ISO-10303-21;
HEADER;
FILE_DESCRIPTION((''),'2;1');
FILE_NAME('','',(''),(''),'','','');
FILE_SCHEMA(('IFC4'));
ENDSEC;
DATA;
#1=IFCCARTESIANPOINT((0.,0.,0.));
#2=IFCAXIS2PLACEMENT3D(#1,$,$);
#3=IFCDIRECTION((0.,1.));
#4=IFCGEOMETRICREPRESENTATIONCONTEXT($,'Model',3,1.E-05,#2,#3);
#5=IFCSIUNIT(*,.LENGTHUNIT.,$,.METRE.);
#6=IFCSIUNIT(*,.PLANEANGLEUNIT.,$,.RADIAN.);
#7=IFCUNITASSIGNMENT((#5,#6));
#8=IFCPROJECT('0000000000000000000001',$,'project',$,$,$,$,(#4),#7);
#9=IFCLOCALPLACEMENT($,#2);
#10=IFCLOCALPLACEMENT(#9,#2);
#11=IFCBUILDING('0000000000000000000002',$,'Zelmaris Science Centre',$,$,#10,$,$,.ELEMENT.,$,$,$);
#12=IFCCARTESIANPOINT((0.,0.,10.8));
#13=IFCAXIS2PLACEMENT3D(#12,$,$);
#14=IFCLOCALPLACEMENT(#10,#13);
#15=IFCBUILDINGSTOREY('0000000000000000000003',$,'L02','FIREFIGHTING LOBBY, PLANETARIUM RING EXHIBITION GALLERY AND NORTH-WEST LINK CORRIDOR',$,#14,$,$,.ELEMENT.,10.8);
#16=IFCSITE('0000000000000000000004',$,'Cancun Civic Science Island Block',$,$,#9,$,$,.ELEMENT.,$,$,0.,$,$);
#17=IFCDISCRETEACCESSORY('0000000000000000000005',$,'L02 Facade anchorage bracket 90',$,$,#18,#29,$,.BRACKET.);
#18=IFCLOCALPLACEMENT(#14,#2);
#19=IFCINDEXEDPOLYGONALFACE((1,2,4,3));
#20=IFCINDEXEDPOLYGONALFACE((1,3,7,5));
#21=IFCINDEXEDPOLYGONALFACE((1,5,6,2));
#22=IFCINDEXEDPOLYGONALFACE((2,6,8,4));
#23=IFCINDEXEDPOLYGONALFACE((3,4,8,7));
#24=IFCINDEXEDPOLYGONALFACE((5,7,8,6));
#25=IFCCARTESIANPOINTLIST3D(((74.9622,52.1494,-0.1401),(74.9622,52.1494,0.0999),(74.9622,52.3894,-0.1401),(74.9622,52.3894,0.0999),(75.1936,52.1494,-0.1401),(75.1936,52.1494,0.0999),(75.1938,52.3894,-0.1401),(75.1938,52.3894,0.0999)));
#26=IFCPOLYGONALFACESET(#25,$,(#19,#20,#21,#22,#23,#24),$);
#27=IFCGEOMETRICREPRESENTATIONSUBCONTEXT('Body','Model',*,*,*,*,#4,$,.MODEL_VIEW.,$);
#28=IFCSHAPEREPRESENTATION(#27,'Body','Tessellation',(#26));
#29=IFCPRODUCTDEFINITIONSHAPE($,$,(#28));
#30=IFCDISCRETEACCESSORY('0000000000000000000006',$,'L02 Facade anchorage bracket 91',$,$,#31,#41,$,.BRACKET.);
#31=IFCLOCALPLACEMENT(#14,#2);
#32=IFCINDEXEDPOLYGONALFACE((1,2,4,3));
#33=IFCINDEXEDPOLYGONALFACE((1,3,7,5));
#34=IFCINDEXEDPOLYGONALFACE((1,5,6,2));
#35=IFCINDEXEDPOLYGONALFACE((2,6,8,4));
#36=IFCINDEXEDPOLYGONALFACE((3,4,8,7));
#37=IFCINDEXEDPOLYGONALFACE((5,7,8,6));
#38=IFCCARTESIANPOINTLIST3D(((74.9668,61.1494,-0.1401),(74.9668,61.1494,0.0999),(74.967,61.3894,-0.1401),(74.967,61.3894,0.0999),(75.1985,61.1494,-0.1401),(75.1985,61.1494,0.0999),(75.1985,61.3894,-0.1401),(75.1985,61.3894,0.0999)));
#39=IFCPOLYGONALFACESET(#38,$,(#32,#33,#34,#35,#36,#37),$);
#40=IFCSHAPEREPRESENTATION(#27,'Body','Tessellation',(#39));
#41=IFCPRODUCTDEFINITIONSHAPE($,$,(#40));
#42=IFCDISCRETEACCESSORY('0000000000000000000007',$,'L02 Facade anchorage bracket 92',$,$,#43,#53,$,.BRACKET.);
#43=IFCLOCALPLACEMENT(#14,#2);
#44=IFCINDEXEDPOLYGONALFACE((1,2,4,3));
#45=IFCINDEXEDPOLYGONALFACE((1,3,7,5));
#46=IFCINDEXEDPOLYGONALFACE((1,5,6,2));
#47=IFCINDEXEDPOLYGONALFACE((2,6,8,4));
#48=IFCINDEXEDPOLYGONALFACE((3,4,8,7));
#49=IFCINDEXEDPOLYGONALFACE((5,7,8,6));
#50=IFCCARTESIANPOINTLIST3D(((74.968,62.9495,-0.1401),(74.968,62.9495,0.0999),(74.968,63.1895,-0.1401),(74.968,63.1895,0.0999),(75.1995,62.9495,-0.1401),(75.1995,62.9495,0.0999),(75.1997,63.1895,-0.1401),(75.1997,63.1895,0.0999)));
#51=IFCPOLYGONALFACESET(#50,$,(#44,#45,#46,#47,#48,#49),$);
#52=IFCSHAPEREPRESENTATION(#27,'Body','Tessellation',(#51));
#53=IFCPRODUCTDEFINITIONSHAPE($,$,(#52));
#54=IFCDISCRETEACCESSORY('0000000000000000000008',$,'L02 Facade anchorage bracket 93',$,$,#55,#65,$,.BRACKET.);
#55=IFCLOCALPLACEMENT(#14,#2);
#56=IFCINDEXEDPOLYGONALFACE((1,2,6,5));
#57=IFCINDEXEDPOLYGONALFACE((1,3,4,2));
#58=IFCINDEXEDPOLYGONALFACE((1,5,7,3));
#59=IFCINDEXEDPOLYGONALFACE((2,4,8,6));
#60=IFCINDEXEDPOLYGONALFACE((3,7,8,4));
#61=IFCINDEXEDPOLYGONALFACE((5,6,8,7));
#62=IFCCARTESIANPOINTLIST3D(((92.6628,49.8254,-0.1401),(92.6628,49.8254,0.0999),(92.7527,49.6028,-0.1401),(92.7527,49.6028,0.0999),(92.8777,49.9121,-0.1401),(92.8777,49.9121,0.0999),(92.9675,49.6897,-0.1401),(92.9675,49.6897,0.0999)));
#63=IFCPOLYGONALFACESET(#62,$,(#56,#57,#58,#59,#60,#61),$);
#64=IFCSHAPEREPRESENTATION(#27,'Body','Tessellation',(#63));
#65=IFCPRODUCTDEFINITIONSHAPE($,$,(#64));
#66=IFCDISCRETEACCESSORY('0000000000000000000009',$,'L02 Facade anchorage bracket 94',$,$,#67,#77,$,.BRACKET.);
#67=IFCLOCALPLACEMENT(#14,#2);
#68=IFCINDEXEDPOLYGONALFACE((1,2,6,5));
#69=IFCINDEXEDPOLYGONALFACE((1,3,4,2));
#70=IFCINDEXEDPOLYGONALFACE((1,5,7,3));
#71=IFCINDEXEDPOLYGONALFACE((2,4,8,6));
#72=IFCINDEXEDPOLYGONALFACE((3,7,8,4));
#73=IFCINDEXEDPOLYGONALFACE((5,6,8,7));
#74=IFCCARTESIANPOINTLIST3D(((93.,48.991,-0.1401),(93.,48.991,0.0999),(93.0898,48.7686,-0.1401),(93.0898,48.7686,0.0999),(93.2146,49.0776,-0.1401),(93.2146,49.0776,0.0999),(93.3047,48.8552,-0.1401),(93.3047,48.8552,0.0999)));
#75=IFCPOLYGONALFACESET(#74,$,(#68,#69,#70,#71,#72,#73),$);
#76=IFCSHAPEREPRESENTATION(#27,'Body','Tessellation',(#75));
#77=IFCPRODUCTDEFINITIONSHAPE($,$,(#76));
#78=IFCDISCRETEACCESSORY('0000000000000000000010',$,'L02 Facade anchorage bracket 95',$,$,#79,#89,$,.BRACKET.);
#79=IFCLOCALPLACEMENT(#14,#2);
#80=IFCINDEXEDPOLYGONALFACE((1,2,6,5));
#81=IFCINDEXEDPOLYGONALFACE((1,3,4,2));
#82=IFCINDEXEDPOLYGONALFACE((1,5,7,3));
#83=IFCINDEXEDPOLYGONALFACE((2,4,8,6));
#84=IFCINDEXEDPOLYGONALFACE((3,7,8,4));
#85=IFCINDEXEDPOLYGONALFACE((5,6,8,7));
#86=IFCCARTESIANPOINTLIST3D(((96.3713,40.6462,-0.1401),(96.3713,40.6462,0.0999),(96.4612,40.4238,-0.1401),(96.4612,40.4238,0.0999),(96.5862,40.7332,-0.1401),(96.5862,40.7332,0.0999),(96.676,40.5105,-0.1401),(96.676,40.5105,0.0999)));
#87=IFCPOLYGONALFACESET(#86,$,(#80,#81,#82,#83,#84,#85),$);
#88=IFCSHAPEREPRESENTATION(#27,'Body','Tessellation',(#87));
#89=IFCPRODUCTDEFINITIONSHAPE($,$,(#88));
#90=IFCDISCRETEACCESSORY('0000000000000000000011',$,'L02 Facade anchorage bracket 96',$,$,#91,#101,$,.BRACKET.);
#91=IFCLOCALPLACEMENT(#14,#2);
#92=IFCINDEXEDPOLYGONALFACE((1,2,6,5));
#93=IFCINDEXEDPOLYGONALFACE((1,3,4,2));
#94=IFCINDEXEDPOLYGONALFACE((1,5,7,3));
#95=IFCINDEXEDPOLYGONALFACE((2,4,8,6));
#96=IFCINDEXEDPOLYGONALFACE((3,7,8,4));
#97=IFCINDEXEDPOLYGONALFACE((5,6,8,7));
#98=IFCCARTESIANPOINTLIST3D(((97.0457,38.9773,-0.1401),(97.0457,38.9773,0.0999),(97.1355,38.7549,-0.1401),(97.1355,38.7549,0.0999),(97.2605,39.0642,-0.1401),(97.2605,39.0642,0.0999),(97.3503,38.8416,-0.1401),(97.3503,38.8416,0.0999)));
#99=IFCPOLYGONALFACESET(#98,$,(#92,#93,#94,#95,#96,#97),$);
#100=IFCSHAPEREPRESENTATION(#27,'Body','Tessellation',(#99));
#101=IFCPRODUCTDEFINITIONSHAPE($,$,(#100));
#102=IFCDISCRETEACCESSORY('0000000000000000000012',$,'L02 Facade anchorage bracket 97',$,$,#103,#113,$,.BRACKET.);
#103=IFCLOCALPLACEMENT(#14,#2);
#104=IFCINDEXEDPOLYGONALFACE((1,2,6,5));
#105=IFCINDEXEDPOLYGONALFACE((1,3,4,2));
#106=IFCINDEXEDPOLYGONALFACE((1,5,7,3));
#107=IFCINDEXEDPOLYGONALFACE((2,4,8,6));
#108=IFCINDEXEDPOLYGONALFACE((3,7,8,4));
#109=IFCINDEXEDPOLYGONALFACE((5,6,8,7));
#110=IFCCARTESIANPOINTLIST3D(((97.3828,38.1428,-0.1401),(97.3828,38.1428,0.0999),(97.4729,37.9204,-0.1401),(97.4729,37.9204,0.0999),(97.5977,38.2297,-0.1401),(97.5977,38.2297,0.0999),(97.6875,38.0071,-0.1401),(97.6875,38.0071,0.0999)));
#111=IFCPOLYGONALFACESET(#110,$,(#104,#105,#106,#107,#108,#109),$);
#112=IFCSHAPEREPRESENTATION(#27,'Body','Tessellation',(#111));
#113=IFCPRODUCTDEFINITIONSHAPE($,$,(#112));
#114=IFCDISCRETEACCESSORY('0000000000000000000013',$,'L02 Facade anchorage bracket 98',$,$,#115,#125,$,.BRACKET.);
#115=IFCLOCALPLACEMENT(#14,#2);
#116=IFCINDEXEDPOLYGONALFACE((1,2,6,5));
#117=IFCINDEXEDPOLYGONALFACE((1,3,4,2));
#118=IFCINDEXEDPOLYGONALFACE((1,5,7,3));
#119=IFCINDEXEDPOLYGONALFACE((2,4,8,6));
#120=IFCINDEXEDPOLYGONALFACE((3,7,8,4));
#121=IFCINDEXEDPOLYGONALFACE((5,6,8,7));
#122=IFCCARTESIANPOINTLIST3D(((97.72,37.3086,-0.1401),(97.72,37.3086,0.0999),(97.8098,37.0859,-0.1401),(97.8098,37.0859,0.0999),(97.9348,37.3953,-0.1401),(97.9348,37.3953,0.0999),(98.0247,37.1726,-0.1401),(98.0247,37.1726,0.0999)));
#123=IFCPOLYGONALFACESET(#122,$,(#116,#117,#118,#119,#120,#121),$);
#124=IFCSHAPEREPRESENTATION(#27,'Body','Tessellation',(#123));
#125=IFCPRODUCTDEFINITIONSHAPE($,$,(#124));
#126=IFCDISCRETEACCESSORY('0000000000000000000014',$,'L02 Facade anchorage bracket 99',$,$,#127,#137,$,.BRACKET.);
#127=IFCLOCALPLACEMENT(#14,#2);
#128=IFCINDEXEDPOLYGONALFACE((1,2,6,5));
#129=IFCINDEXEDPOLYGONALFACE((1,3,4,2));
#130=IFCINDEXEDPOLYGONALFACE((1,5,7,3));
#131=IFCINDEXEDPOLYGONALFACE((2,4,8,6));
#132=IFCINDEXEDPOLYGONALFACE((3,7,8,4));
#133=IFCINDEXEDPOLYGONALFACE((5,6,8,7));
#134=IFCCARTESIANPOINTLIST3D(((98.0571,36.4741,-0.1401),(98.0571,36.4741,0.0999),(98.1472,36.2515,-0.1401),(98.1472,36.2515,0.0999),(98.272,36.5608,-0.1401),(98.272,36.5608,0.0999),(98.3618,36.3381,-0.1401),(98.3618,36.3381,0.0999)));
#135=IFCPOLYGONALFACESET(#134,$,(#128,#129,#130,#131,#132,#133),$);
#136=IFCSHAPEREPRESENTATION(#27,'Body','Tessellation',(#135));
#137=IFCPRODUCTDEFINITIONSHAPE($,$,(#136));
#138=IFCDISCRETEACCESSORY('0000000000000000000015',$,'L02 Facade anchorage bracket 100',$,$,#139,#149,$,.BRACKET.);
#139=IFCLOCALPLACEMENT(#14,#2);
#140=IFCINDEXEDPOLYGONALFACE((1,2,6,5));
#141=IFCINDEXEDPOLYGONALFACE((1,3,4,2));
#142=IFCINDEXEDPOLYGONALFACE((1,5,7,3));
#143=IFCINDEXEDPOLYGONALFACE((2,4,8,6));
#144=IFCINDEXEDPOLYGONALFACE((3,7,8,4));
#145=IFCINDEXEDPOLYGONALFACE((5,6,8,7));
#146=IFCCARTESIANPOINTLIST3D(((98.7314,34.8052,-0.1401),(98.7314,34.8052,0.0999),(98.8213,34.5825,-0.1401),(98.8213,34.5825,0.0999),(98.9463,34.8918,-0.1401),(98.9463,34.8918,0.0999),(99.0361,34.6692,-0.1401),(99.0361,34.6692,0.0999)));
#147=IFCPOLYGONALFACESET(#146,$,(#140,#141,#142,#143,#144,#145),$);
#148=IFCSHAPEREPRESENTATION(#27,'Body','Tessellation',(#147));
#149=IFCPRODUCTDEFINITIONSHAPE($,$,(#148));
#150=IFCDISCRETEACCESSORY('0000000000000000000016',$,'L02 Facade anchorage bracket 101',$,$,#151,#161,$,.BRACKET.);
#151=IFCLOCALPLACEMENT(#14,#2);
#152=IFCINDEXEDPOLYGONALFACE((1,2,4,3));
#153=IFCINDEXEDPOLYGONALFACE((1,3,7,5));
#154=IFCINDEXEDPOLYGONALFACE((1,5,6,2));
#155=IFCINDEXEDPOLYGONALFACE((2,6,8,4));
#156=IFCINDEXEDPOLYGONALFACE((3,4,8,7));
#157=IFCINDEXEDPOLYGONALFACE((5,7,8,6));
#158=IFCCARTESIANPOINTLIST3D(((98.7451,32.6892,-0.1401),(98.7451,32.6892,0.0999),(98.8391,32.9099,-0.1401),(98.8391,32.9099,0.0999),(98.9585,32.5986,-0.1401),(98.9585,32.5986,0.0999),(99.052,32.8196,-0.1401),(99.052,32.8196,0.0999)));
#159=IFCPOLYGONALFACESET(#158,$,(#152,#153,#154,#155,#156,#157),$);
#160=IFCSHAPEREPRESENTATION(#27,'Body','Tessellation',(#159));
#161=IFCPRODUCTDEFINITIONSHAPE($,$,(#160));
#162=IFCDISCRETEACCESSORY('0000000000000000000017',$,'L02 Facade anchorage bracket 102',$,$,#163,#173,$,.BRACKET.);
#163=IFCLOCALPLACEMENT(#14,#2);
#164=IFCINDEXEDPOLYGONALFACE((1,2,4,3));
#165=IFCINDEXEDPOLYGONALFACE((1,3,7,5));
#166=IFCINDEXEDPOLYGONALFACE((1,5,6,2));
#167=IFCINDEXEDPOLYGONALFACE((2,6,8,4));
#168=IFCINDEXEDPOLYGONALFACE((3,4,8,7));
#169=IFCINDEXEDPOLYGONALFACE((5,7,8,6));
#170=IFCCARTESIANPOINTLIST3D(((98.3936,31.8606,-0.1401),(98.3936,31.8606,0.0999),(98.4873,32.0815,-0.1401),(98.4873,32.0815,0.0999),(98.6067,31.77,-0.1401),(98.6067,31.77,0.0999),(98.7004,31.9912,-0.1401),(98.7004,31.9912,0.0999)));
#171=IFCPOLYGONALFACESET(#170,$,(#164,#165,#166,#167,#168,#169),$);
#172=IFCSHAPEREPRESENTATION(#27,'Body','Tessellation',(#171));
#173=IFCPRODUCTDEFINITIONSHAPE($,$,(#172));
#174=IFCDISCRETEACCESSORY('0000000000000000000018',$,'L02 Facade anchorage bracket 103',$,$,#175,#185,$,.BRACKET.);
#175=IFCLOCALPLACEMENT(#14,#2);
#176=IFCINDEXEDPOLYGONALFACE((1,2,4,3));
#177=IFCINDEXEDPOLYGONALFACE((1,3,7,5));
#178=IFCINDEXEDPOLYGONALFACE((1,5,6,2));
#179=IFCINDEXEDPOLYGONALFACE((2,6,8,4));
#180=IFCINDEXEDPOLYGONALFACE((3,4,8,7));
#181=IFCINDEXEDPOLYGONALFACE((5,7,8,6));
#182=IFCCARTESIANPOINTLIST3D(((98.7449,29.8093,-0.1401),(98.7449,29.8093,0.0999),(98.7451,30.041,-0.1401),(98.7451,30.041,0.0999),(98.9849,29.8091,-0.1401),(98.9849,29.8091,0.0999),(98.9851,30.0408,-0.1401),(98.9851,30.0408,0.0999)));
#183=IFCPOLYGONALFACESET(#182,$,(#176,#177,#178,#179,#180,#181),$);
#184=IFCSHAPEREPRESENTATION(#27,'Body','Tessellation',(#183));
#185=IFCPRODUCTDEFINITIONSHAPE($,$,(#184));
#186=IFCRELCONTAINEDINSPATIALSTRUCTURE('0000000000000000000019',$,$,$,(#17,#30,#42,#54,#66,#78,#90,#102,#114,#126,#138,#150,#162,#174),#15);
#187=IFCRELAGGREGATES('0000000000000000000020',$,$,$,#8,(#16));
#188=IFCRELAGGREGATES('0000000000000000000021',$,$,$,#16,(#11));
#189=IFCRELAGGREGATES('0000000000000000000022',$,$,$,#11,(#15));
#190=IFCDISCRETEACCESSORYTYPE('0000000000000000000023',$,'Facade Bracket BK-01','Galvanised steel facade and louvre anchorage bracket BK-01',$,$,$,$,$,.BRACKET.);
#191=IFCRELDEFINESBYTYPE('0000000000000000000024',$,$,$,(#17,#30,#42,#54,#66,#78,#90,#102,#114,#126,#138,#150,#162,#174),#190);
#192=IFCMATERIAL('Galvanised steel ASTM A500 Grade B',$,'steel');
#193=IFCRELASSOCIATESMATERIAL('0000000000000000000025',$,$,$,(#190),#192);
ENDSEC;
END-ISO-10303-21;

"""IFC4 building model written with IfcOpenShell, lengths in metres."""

from ifc_helpers import new_model, si_unit, direction, frame, origin, place, context, subcontext, project, spatial, polyline, outline, extrude, material, type_object, element, save


model = new_model("IFC4")

# Units and contexts
model_context = context("Model", 3, precision=1e-05, world=origin(), true_north=direction((0.0, 1.0)))
body_context = subcontext(model_context, "Body", "Model", "MODEL_VIEW")
ifc_project = project(units=[si_unit("LENGTHUNIT", "METRE"), si_unit("PLANEANGLEUNIT", "RADIAN")], contexts=[model_context])

# Site, building, storey
site_placement = place(None, origin())
site = spatial("IfcSite", under=ifc_project, at=site_placement, Name="Cancun Civic Science Island Block", CompositionType="ELEMENT", RefElevation=0.0)
building_placement = place(site_placement, origin())
building = spatial("IfcBuilding", under=site, at=building_placement, Name="Zelmaris Science Centre", CompositionType="ELEMENT")
storey_placement = place(building_placement, frame((0.0, 0.0, 10.8)))
storey = spatial("IfcBuildingStorey", under=building, at=storey_placement, Name="L02", Description="FIREFIGHTING LOBBY, PLANETARIUM RING EXHIBITION GALLERY AND NORTH-WEST LINK CORRIDOR", CompositionType="ELEMENT", Elevation=10.8)

# Discrete accessories
ifc_material_1 = material(Name="Galvanised steel ASTM A500 Grade B", Category="steel")
discrete_accessory_type_1 = type_object("IfcDiscreteAccessoryType", Name="Facade Bracket BK-01", Description="Galvanised steel facade and louvre anchorage bracket BK-01", PredefinedType="BRACKET", material=ifc_material_1)
discrete_accessory_1_placement = place(storey_placement, frame((0.0, 0.0, -0.1401)))
element("IfcDiscreteAccessory", 1, at=discrete_accessory_1_placement, inside=storey, type_object=discrete_accessory_type_1, Name="L02 Facade anchorage bracket 90", PredefinedType="BRACKET", context=body_context, shape_type="SweptSolid", body=[
    extrude(outline(polyline([(75.1936, 52.1494), (75.1938, 52.3894), (74.9622, 52.3894), (74.9622, 52.1494), (75.1936, 52.1494)])), origin(), (0.0, 0.0, 1.0), 0.24),
])
discrete_accessory_2_placement = place(storey_placement, frame((0.0, 0.0, -0.1401)))
element("IfcDiscreteAccessory", 2, at=discrete_accessory_2_placement, inside=storey, type_object=discrete_accessory_type_1, Name="L02 Facade anchorage bracket 91", PredefinedType="BRACKET", context=body_context, shape_type="SweptSolid", body=[
    extrude(outline(polyline([(75.1985, 61.1494), (75.1985, 61.3894), (74.967, 61.3894), (74.9668, 61.1494), (75.1985, 61.1494)])), origin(), (0.0, 0.0, 1.0), 0.24),
])
discrete_accessory_3_placement = place(storey_placement, frame((0.0, 0.0, -0.1401)))
element("IfcDiscreteAccessory", 3, at=discrete_accessory_3_placement, inside=storey, type_object=discrete_accessory_type_1, Name="L02 Facade anchorage bracket 92", PredefinedType="BRACKET", context=body_context, shape_type="SweptSolid", body=[
    extrude(outline(polyline([(75.1995, 62.9495), (75.1997, 63.1895), (74.968, 63.1895), (74.968, 62.9495), (75.1995, 62.9495)])), origin(), (0.0, 0.0, 1.0), 0.24),
])
discrete_accessory_4_placement = place(storey_placement, frame((0.0, 0.0, -0.1401)))
element("IfcDiscreteAccessory", 4, at=discrete_accessory_4_placement, inside=storey, type_object=discrete_accessory_type_1, Name="L02 Facade anchorage bracket 93", PredefinedType="BRACKET", context=body_context, shape_type="SweptSolid", body=[
    extrude(outline(polyline([(92.6628, 49.8254), (92.7527, 49.6028), (92.9675, 49.6897), (92.8777, 49.9121), (92.6628, 49.8254)])), origin(), (0.0, 0.0, 1.0), 0.24),
])
discrete_accessory_5_placement = place(storey_placement, frame((0.0, 0.0, -0.1401)))
element("IfcDiscreteAccessory", 5, at=discrete_accessory_5_placement, inside=storey, type_object=discrete_accessory_type_1, Name="L02 Facade anchorage bracket 94", PredefinedType="BRACKET", context=body_context, shape_type="SweptSolid", body=[
    extrude(outline(polyline([(93.0, 48.991), (93.0898, 48.7686), (93.3047, 48.8552), (93.2146, 49.0776), (93.0, 48.991)])), origin(), (0.0, 0.0, 1.0), 0.24),
])
discrete_accessory_6_placement = place(storey_placement, frame((0.0, 0.0, -0.1401)))
element("IfcDiscreteAccessory", 6, at=discrete_accessory_6_placement, inside=storey, type_object=discrete_accessory_type_1, Name="L02 Facade anchorage bracket 95", PredefinedType="BRACKET", context=body_context, shape_type="SweptSolid", body=[
    extrude(outline(polyline([(96.3713, 40.6462), (96.4612, 40.4238), (96.676, 40.5105), (96.5862, 40.7332), (96.3713, 40.6462)])), origin(), (0.0, 0.0, 1.0), 0.24),
])
discrete_accessory_7_placement = place(storey_placement, frame((0.0, 0.0, -0.1401)))
element("IfcDiscreteAccessory", 7, at=discrete_accessory_7_placement, inside=storey, type_object=discrete_accessory_type_1, Name="L02 Facade anchorage bracket 96", PredefinedType="BRACKET", context=body_context, shape_type="SweptSolid", body=[
    extrude(outline(polyline([(97.0457, 38.9773), (97.1355, 38.7549), (97.3503, 38.8416), (97.2605, 39.0642), (97.0457, 38.9773)])), origin(), (0.0, 0.0, 1.0), 0.24),
])
discrete_accessory_8_placement = place(storey_placement, frame((0.0, 0.0, -0.1401)))
element("IfcDiscreteAccessory", 8, at=discrete_accessory_8_placement, inside=storey, type_object=discrete_accessory_type_1, Name="L02 Facade anchorage bracket 97", PredefinedType="BRACKET", context=body_context, shape_type="SweptSolid", body=[
    extrude(outline(polyline([(97.3828, 38.1428), (97.4729, 37.9204), (97.6875, 38.0071), (97.5977, 38.2297), (97.3828, 38.1428)])), origin(), (0.0, 0.0, 1.0), 0.24),
])
discrete_accessory_9_placement = place(storey_placement, frame((0.0, 0.0, -0.1401)))
element("IfcDiscreteAccessory", 9, at=discrete_accessory_9_placement, inside=storey, type_object=discrete_accessory_type_1, Name="L02 Facade anchorage bracket 98", PredefinedType="BRACKET", context=body_context, shape_type="SweptSolid", body=[
    extrude(outline(polyline([(97.72, 37.3086), (97.8098, 37.0859), (98.0247, 37.1726), (97.9348, 37.3953), (97.72, 37.3086)])), origin(), (0.0, 0.0, 1.0), 0.24),
])
discrete_accessory_10_placement = place(storey_placement, frame((0.0, 0.0, -0.1401)))
element("IfcDiscreteAccessory", 10, at=discrete_accessory_10_placement, inside=storey, type_object=discrete_accessory_type_1, Name="L02 Facade anchorage bracket 99", PredefinedType="BRACKET", context=body_context, shape_type="SweptSolid", body=[
    extrude(outline(polyline([(98.0571, 36.4741), (98.1472, 36.2515), (98.3618, 36.3381), (98.272, 36.5608), (98.0571, 36.4741)])), origin(), (0.0, 0.0, 1.0), 0.24),
])
discrete_accessory_11_placement = place(storey_placement, frame((0.0, 0.0, -0.1401)))
element("IfcDiscreteAccessory", 11, at=discrete_accessory_11_placement, inside=storey, type_object=discrete_accessory_type_1, Name="L02 Facade anchorage bracket 100", PredefinedType="BRACKET", context=body_context, shape_type="SweptSolid", body=[
    extrude(outline(polyline([(98.7314, 34.8052), (98.8213, 34.5825), (99.0361, 34.6692), (98.9463, 34.8918), (98.7314, 34.8052)])), origin(), (0.0, 0.0, 1.0), 0.24),
])
discrete_accessory_12_placement = place(storey_placement, frame((0.0, 0.0, -0.1401)))
element("IfcDiscreteAccessory", 12, at=discrete_accessory_12_placement, inside=storey, type_object=discrete_accessory_type_1, Name="L02 Facade anchorage bracket 101", PredefinedType="BRACKET", context=body_context, shape_type="SweptSolid", body=[
    extrude(outline(polyline([(98.8391, 32.9099), (98.7451, 32.6892), (98.9585, 32.5986), (99.052, 32.8196), (98.8391, 32.9099)])), origin(), (0.0, 0.0, 1.0), 0.24),
])
discrete_accessory_13_placement = place(storey_placement, frame((0.0, 0.0, -0.1401)))
element("IfcDiscreteAccessory", 13, at=discrete_accessory_13_placement, inside=storey, type_object=discrete_accessory_type_1, Name="L02 Facade anchorage bracket 102", PredefinedType="BRACKET", context=body_context, shape_type="SweptSolid", body=[
    extrude(outline(polyline([(98.4873, 32.0815), (98.3936, 31.8606), (98.6067, 31.77), (98.7004, 31.9912), (98.4873, 32.0815)])), origin(), (0.0, 0.0, 1.0), 0.24),
])
discrete_accessory_14_placement = place(storey_placement, frame((0.0, 0.0, -0.1401)))
element("IfcDiscreteAccessory", 14, at=discrete_accessory_14_placement, inside=storey, type_object=discrete_accessory_type_1, Name="L02 Facade anchorage bracket 103", PredefinedType="BRACKET", context=body_context, shape_type="SweptSolid", body=[
    extrude(outline(polyline([(98.7449, 29.8093), (98.9849, 29.8091), (98.9851, 30.0408), (98.7451, 30.041), (98.7449, 29.8093)])), origin(), (0.0, 0.0, 1.0), 0.24),
])

save(model, "model.ifc")
